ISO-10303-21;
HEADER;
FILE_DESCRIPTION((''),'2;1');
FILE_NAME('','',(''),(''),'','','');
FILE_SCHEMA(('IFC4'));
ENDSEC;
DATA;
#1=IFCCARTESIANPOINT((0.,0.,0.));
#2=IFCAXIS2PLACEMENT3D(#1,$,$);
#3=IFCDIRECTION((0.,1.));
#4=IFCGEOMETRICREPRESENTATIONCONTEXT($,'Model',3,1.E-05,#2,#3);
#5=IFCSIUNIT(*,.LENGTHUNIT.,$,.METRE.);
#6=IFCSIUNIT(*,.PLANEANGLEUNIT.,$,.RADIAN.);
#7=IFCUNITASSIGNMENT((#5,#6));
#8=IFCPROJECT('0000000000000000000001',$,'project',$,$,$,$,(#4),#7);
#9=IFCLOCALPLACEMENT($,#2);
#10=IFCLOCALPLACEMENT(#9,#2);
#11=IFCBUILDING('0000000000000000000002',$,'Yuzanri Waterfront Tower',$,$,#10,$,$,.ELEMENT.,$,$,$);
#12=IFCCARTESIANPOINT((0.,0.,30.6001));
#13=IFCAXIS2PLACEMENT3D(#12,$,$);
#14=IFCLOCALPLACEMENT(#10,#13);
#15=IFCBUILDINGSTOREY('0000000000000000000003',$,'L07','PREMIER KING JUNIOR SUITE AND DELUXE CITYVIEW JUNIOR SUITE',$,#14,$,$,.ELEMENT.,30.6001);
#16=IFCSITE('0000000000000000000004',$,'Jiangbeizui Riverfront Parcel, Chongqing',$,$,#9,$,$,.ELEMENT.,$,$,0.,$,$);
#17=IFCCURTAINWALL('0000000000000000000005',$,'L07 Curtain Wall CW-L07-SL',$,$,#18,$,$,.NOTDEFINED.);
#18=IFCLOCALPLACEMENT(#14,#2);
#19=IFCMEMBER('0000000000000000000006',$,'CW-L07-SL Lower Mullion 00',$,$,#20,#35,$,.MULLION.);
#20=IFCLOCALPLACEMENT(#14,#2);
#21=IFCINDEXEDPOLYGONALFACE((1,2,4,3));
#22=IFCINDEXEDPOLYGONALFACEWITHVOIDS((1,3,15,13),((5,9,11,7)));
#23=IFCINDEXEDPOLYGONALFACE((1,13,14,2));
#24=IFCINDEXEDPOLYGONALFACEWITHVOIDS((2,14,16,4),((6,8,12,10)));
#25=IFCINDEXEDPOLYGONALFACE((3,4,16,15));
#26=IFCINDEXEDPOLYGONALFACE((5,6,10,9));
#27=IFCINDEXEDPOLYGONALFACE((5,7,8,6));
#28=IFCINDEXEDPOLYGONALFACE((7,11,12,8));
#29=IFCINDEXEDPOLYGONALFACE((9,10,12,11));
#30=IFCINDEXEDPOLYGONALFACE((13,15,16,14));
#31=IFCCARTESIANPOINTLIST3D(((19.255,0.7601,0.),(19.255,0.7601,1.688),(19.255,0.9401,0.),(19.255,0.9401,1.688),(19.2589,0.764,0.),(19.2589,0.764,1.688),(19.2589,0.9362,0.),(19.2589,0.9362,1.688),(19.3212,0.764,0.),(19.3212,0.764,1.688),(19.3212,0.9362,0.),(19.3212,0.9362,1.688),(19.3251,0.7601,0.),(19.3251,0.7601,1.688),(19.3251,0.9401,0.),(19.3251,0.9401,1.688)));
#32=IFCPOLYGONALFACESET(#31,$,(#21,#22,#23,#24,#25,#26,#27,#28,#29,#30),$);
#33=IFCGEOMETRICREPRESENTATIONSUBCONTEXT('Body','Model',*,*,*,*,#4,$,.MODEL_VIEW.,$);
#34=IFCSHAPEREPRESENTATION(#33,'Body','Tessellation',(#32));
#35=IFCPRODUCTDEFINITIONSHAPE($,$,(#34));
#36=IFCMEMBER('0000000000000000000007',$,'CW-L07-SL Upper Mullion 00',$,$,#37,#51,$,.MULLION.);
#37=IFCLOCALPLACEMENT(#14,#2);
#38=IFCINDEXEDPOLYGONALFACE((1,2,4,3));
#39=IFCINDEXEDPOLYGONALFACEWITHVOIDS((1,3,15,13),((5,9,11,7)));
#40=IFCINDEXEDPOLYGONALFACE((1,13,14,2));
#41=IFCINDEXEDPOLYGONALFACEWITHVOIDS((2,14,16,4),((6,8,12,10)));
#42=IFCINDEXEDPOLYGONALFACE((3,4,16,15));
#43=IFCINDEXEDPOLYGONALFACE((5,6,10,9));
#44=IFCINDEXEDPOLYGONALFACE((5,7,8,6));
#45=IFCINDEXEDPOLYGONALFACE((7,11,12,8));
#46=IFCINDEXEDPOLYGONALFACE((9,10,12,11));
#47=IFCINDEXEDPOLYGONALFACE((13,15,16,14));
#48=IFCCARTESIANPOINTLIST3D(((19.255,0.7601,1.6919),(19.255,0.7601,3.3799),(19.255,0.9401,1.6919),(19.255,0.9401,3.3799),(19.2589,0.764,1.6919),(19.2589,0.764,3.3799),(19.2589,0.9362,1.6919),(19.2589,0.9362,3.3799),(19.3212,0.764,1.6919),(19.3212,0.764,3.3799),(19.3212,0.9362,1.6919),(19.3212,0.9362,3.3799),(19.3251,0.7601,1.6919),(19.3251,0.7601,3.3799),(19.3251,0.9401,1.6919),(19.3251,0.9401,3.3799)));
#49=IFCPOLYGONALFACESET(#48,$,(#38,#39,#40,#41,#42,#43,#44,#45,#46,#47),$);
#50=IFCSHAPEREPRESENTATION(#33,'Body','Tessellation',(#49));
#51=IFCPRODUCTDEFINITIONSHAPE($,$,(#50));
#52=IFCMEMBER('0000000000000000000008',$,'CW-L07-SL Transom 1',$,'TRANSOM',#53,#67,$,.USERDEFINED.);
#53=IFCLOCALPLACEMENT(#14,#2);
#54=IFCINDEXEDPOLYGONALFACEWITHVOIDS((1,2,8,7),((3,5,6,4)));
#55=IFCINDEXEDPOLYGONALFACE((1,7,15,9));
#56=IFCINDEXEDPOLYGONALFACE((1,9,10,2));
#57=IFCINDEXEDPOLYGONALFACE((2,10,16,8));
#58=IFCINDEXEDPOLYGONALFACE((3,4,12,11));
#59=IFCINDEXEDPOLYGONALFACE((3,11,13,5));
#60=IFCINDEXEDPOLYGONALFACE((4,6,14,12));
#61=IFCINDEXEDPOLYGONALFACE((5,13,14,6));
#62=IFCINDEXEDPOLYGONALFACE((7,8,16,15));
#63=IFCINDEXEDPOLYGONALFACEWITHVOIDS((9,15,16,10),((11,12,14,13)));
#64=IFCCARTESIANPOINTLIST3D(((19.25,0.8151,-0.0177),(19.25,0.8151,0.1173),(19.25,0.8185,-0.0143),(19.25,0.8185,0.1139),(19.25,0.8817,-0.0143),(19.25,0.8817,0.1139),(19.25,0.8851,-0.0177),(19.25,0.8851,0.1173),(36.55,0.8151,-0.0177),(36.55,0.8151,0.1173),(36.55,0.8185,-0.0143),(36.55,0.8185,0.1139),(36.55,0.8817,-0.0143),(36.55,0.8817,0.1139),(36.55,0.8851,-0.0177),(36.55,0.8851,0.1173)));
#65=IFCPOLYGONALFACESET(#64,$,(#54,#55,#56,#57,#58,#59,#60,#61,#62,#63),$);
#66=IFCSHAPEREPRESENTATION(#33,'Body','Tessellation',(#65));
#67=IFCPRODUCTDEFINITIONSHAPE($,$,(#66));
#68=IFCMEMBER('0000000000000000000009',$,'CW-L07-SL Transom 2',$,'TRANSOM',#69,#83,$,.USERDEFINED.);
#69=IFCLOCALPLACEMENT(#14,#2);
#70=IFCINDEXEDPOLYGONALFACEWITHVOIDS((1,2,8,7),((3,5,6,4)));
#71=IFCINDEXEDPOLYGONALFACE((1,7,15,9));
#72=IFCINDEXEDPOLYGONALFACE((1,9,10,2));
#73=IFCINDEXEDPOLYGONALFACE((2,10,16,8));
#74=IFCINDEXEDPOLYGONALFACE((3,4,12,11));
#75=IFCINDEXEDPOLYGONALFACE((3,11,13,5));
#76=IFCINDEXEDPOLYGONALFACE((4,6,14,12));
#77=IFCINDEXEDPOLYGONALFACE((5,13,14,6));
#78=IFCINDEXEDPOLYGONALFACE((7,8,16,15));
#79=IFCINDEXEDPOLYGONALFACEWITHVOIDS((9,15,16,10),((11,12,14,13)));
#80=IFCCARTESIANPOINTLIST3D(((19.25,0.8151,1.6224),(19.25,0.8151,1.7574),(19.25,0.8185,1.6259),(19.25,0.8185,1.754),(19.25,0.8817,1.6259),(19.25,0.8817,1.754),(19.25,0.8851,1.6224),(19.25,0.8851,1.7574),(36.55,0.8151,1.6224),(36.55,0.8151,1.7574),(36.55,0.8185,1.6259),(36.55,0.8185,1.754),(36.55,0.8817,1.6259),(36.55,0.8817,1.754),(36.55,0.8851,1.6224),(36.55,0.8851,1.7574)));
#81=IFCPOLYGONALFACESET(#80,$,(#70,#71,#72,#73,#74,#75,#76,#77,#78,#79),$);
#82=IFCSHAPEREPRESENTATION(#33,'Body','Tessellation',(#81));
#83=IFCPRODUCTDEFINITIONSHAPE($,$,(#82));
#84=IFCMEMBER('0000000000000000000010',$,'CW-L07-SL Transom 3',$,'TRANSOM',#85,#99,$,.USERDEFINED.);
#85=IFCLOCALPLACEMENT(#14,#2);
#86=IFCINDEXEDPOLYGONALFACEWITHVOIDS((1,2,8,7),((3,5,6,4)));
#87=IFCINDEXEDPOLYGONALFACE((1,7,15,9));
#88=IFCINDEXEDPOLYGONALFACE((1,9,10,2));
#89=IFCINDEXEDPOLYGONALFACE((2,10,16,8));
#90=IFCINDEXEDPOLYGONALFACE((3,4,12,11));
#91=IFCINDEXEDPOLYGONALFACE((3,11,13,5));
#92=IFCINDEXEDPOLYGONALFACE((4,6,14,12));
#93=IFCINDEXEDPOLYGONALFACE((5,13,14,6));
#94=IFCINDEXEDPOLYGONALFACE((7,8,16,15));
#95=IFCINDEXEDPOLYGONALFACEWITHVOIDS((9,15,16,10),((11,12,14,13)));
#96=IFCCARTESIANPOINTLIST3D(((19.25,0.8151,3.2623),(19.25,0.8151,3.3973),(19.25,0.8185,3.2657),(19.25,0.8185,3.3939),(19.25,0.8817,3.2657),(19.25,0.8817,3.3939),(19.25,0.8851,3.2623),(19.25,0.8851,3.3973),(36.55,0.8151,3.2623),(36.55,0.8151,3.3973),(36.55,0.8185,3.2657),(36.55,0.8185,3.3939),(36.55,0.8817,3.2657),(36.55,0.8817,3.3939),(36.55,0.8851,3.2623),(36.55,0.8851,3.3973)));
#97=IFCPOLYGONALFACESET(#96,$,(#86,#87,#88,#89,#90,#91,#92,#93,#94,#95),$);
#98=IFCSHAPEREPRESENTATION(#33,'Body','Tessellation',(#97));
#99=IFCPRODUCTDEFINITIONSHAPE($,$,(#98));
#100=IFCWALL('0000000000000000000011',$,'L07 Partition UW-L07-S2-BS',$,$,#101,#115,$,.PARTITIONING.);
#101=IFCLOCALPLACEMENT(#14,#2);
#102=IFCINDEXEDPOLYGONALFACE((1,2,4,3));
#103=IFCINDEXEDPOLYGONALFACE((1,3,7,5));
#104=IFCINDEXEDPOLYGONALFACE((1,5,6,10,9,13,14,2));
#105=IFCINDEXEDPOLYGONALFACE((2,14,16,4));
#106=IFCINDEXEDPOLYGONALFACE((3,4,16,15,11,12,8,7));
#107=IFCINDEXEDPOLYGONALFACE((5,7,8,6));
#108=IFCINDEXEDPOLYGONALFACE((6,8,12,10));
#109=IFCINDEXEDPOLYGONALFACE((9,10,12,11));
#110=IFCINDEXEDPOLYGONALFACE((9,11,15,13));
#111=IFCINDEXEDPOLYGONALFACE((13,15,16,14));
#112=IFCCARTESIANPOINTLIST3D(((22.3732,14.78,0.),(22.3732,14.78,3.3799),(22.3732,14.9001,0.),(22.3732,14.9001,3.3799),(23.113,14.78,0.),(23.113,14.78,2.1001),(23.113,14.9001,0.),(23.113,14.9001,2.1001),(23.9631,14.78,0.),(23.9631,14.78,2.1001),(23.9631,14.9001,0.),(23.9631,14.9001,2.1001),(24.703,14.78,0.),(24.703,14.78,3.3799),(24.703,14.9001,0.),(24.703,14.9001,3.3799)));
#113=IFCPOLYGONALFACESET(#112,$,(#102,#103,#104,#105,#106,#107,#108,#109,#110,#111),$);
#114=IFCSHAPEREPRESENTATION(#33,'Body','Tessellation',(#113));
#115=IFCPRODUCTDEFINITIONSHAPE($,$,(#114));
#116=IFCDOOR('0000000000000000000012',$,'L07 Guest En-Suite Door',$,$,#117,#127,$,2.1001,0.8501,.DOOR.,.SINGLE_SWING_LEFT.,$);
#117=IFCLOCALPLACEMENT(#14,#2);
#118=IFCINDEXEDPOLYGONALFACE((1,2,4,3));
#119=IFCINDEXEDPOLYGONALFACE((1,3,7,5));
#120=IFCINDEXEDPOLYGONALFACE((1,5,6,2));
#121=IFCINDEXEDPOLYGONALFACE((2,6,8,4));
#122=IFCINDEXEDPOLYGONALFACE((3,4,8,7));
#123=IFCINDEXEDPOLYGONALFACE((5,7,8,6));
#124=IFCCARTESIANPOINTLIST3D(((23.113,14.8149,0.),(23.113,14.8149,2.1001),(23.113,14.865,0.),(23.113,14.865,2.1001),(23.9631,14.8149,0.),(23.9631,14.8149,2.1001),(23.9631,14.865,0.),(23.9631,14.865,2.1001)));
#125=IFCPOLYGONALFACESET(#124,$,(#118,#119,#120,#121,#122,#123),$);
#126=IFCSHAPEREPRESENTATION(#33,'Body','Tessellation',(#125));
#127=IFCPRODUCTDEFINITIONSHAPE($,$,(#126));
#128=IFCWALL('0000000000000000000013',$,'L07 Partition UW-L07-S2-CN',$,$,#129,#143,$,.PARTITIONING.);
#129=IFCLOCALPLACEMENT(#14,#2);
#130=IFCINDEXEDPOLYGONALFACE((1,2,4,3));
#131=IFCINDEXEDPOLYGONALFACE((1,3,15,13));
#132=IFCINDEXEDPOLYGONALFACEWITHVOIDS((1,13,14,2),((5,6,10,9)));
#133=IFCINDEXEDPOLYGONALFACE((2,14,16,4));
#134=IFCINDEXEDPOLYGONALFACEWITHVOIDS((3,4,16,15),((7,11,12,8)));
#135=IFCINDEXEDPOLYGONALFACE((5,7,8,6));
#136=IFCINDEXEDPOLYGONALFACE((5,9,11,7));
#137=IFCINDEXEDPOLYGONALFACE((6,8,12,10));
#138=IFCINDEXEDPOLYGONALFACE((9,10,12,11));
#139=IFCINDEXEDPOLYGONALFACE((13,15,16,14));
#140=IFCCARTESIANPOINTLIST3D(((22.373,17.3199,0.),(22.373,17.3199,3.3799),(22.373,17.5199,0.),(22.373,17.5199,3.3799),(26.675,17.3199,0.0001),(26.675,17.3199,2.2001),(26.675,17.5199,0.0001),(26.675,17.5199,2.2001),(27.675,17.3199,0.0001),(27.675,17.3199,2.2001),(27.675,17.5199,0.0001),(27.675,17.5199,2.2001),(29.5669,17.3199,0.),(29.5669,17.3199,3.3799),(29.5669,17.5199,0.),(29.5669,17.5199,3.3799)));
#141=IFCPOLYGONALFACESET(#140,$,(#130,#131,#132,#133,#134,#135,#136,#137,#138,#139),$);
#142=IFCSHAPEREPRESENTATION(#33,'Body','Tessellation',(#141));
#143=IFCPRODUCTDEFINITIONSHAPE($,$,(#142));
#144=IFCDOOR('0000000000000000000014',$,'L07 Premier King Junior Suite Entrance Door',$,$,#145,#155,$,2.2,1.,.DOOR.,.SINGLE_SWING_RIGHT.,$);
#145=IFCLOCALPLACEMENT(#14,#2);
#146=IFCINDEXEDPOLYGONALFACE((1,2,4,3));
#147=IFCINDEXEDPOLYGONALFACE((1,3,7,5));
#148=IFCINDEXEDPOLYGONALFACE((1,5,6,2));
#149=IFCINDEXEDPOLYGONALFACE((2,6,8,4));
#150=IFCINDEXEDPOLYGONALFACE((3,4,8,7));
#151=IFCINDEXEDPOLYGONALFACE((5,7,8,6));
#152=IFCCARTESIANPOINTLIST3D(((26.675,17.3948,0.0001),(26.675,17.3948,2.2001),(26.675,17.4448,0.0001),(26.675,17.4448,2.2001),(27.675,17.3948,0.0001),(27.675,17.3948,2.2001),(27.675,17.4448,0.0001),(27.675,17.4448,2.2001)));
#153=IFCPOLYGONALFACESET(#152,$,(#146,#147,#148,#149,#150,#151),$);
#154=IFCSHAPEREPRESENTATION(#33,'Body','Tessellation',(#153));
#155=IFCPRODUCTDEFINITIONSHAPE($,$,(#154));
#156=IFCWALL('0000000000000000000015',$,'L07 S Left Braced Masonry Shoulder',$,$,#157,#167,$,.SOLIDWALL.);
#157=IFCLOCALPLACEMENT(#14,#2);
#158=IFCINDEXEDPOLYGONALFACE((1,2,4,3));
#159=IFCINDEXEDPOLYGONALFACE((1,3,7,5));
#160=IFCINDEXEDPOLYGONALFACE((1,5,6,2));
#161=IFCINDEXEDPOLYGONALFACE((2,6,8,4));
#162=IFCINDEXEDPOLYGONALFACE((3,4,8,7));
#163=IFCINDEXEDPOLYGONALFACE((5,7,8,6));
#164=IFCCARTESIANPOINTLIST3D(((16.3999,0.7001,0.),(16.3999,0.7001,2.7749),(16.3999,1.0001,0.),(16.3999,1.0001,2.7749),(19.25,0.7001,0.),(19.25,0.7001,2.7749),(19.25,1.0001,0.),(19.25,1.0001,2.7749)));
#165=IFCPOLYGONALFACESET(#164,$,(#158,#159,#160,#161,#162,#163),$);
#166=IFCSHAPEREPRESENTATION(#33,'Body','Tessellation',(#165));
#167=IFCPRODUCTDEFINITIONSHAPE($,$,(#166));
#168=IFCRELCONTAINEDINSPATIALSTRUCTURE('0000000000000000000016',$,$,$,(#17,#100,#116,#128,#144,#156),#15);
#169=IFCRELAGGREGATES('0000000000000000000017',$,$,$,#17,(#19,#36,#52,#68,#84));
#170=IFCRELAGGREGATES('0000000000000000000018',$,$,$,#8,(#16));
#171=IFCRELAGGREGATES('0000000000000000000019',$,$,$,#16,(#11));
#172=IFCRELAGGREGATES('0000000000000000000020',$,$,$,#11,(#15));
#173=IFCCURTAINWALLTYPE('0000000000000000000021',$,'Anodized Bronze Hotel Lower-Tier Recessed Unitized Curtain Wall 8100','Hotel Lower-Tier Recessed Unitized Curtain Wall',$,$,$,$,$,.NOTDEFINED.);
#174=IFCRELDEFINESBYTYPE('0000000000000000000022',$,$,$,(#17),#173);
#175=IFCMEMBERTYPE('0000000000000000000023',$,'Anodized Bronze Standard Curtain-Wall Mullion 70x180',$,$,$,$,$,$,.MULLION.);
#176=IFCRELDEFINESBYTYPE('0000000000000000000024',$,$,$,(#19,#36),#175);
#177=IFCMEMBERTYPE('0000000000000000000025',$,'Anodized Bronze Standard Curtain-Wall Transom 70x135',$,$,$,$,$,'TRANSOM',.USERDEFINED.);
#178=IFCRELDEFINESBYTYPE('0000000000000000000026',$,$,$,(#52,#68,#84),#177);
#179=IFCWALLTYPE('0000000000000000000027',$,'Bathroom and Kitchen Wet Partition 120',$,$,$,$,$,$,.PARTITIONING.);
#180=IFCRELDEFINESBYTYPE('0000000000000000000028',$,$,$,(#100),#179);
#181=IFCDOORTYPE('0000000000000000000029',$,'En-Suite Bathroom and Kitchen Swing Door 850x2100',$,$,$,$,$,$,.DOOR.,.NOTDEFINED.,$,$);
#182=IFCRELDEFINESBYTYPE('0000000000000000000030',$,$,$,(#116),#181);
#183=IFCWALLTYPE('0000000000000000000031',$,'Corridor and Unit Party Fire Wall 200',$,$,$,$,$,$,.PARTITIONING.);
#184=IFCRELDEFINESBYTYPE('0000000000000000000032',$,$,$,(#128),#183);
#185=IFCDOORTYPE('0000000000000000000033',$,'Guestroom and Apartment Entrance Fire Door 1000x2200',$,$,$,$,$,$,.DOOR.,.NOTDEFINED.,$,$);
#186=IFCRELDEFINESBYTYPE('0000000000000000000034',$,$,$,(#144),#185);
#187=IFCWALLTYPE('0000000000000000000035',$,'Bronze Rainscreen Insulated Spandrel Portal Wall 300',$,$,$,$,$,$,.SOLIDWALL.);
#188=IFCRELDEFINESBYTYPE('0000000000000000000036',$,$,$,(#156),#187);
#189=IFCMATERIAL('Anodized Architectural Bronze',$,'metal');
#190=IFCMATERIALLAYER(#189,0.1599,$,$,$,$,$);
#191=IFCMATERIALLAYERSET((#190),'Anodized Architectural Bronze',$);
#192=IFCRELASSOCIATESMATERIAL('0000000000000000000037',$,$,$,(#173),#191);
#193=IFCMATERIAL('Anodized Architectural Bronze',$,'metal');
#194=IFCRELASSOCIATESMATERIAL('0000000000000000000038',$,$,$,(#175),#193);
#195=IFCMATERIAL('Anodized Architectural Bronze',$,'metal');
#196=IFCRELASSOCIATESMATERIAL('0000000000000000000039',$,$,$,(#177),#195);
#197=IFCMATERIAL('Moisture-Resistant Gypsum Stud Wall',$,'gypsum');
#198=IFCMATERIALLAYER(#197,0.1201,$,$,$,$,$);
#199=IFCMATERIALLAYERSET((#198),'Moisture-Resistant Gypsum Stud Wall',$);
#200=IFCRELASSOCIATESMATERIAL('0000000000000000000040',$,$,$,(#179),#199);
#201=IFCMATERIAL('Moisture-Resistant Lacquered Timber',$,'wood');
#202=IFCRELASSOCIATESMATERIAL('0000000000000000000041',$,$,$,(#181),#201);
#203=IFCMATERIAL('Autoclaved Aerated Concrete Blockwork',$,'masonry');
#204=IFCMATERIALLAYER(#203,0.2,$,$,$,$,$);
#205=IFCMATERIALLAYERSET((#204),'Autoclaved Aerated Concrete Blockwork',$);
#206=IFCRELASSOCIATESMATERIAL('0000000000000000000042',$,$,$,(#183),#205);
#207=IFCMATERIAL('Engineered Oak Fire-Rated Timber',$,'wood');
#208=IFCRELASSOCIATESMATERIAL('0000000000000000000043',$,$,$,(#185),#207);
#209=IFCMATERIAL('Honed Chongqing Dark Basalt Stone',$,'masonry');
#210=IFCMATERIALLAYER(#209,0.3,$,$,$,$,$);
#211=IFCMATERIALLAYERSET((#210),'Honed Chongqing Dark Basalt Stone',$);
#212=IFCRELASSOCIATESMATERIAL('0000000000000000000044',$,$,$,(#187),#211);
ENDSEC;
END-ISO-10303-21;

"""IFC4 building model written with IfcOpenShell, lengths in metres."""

from ifc_helpers import new_model, si_unit, direction, frame, frame_2d, origin, origin_2d, place, context, subcontext, project, spatial, rectangle, hollow_rectangle, extrude, source, transform, mapped, material, layer, layer_set, material_profile, profile_set, type_object, element, fill, aggregate, save


model = new_model("IFC4")

# Units and contexts
model_context = context("Model", 3, precision=1e-05, world=origin(), true_north=direction((0.0, 1.0)))
body_context = subcontext(model_context, "Body", "Model", "MODEL_VIEW")
ifc_project = project(units=[si_unit("LENGTHUNIT", "METRE"), si_unit("PLANEANGLEUNIT", "RADIAN")], contexts=[model_context])

# Site, building, storey
site_placement = place(None, origin())
site = spatial("IfcSite", under=ifc_project, at=site_placement, Name="Jiangbeizui Riverfront Parcel, Chongqing", CompositionType="ELEMENT", RefElevation=0.0)
building_placement = place(site_placement, origin())
building = spatial("IfcBuilding", under=site, at=building_placement, Name="Yuzanri Waterfront Tower", CompositionType="ELEMENT")
storey_placement = place(building_placement, frame((0.0, 0.0, 30.6001)))
storey = spatial("IfcBuildingStorey", under=building, at=storey_placement, Name="L07", Description="PREMIER KING JUNIOR SUITE AND DELUXE CITYVIEW JUNIOR SUITE", CompositionType="ELEMENT", Elevation=30.6001)

# Curtain wall, members
ifc_material_1 = material(Name="Anodized Architectural Bronze", Category="metal")
ifc_layer_1 = layer(ifc_material_1, 0.1599)
ifc_layer_set_1 = layer_set([ifc_layer_1], Name="Anodized Architectural Bronze")
curtain_wall_type = type_object("IfcCurtainWallType", Name="Anodized Bronze Hotel Lower-Tier Recessed Unitized Curtain Wall 8100", Description="Hotel Lower-Tier Recessed Unitized Curtain Wall", PredefinedType="NOTDEFINED", material=ifc_layer_set_1)
curtain_wall_placement = place(storey_placement, origin())
curtain_wall = element("IfcCurtainWall", 1, at=curtain_wall_placement, inside=storey, type_object=curtain_wall_type, Name="L07 Curtain Wall CW-L07-SL", PredefinedType="NOTDEFINED")
ifc_material_2 = material(Name="Anodized Architectural Bronze", Category="metal")
ifc_material_profile_1 = material_profile(ifc_material_2, hollow_rectangle(XDim=0.0701, YDim=0.1799, WallThickness=0.0039, at=origin_2d()), Name="CWM 70x180")
ifc_profile_set_1 = profile_set([ifc_material_profile_1], Name="Anodized Architectural Bronze")
member_type_1 = type_object("IfcMemberType", Name="Anodized Bronze Standard Curtain-Wall Mullion 70x180", PredefinedType="MULLION", material=ifc_profile_set_1)
shared_shape_1 = source(origin(), body_context, "Body", "SweptSolid", [
    extrude(hollow_rectangle(XDim=0.0701, YDim=0.1799, WallThickness=0.0039, at=origin_2d()), origin(), (0.0, 0.0, 1.0), 1.688),
])
member_1_placement = place(storey_placement, frame((19.29, 0.8501, 0.0), z_axis=(0.0, 0.0, 1.0), x_axis=(1.0, 0.0, 0.0)))
member_1 = element("IfcMember", 2, at=member_1_placement, type_object=member_type_1, Name="CW-L07-SL Lower Mullion 00", PredefinedType="MULLION", context=body_context, shape_type="MappedRepresentation", body=[
    mapped(shared_shape_1, transform((0.0, 0.0, 0.0), scale=1.0)),
])
member_2_placement = place(storey_placement, frame((19.29, 0.8501, 1.6919), z_axis=(0.0, 0.0, 1.0), x_axis=(1.0, 0.0, 0.0)))
member_2 = element("IfcMember", 3, at=member_2_placement, type_object=member_type_1, Name="CW-L07-SL Upper Mullion 00", PredefinedType="MULLION", context=body_context, shape_type="MappedRepresentation", body=[
    mapped(shared_shape_1, transform((0.0, 0.0, 0.0), scale=1.0)),
])
ifc_material_3 = material(Name="Anodized Architectural Bronze", Category="metal")
ifc_material_profile_2 = material_profile(ifc_material_3, hollow_rectangle(XDim=0.0701, YDim=0.135, WallThickness=0.0034, at=origin_2d()), Name="CWT 70x135")
ifc_profile_set_2 = profile_set([ifc_material_profile_2], Name="Anodized Architectural Bronze")
member_type_2 = type_object("IfcMemberType", Name="Anodized Bronze Standard Curtain-Wall Transom 70x135", ElementType="TRANSOM", PredefinedType="USERDEFINED", material=ifc_profile_set_2)
shared_shape_2 = source(origin(), body_context, "Body", "SweptSolid", [
    extrude(hollow_rectangle(XDim=0.0701, YDim=0.135, WallThickness=0.0034, at=origin_2d()), origin(), (0.0, 0.0, 1.0), 17.3),
])
member_3_placement = place(storey_placement, frame((19.25, 0.8501, 0.0498), z_axis=(1.0, 0.0, 0.0), x_axis=(0.0, 1.0, 0.0)))
member_3 = element("IfcMember", 4, at=member_3_placement, type_object=member_type_2, Name="CW-L07-SL Transom 1", ObjectType="TRANSOM", PredefinedType="USERDEFINED", context=body_context, shape_type="MappedRepresentation", body=[
    mapped(shared_shape_2, transform((0.0, 0.0, 0.0), scale=1.0)),
])
member_4_placement = place(storey_placement, frame((19.25, 0.8501, 1.6899), z_axis=(1.0, 0.0, 0.0), x_axis=(0.0, 1.0, 0.0)))
member_4 = element("IfcMember", 5, at=member_4_placement, type_object=member_type_2, Name="CW-L07-SL Transom 2", ObjectType="TRANSOM", PredefinedType="USERDEFINED", context=body_context, shape_type="MappedRepresentation", body=[
    mapped(shared_shape_2, transform((0.0, 0.0, 0.0), scale=1.0)),
])
member_5_placement = place(storey_placement, frame((19.25, 0.8501, 3.3298), z_axis=(1.0, 0.0, 0.0), x_axis=(0.0, 1.0, 0.0)))
member_5 = element("IfcMember", 6, at=member_5_placement, type_object=member_type_2, Name="CW-L07-SL Transom 3", ObjectType="TRANSOM", PredefinedType="USERDEFINED", context=body_context, shape_type="MappedRepresentation", body=[
    mapped(shared_shape_2, transform((0.0, 0.0, 0.0), scale=1.0)),
])
aggregate(curtain_wall, [member_1, member_2, member_3, member_4, member_5])

# Wall, opening, door
ifc_material_4 = material(Name="Moisture-Resistant Gypsum Stud Wall", Category="gypsum")
ifc_layer_2 = layer(ifc_material_4, 0.1201)
ifc_layer_set_2 = layer_set([ifc_layer_2], Name="Moisture-Resistant Gypsum Stud Wall")
wall_type_1 = type_object("IfcWallType", Name="Bathroom and Kitchen Wet Partition 120", PredefinedType="PARTITIONING", material=ifc_layer_set_2)
wall_1_placement = place(storey_placement, frame((22.373, 14.8401, 0.0), z_axis=(0.0, 0.0, 1.0), x_axis=(1.0, 0.0, 0.0)))
wall_1 = element("IfcWall", 7, at=wall_1_placement, inside=storey, type_object=wall_type_1, Name="L07 Partition UW-L07-S2-BS", PredefinedType="PARTITIONING", context=body_context, shape_type="SweptSolid", body=[
    extrude(rectangle(XDim=2.3298, YDim=0.1201, at=frame_2d((1.165, 0.0))), origin(), (0.0, 0.0, 1.0), 3.3799),
])
opening_1_placement = place(wall_1_placement, frame((0.74, 0.0, 0.0)))
opening_1 = element("IfcOpeningElement", 8, at=opening_1_placement, cuts=wall_1, PredefinedType="OPENING", context=body_context, shape_type="SweptSolid", body=[
    extrude(rectangle(XDim=0.8501, YDim=2.1001, at=frame_2d((0.425, 1.05))), frame((0.0, 0.075, 0.0), z_axis=(0.0, -1.0, 0.0), x_axis=(1.0, 0.0, 0.0)), (0.0, 0.0, 1.0), 0.1499),
])
ifc_material_5 = material(Name="Moisture-Resistant Lacquered Timber", Category="wood")
door_type_1 = type_object("IfcDoorType", Name="En-Suite Bathroom and Kitchen Swing Door 850x2100", OperationType="NOTDEFINED", PredefinedType="DOOR", material=ifc_material_5)
shared_shape_3 = source(origin(), body_context, "Body", "SweptSolid", [
    extrude(rectangle(XDim=0.8501, YDim=2.1001, at=frame_2d((0.425, 1.05))), frame((0.0, 0.0249, 0.0), z_axis=(0.0, -1.0, 0.0), x_axis=(1.0, 0.0, 0.0)), (0.0, 0.0, 1.0), 0.05),
])
door_1_placement = place(opening_1_placement, origin())
door_1 = element("IfcDoor", 9, at=door_1_placement, inside=storey, type_object=door_type_1, Name="L07 Guest En-Suite Door", OperationType="SINGLE_SWING_LEFT", OverallHeight=2.1001, OverallWidth=0.8501, PredefinedType="DOOR", context=body_context, shape_type="MappedRepresentation", body=[
    mapped(shared_shape_3, transform((0.0, 0.0, 0.0), scale=1.0)),
])
fill(opening_1, door_1)

# Wall, opening, door
ifc_material_6 = material(Name="Autoclaved Aerated Concrete Blockwork", Category="masonry")
ifc_layer_3 = layer(ifc_material_6, 0.2)
ifc_layer_set_3 = layer_set([ifc_layer_3], Name="Autoclaved Aerated Concrete Blockwork")
wall_type_2 = type_object("IfcWallType", Name="Corridor and Unit Party Fire Wall 200", PredefinedType="PARTITIONING", material=ifc_layer_set_3)
wall_2_placement = place(storey_placement, frame((22.373, 17.4199, 0.0), z_axis=(0.0, 0.0, 1.0), x_axis=(1.0, 0.0, 0.0)))
wall_2 = element("IfcWall", 10, at=wall_2_placement, inside=storey, type_object=wall_type_2, Name="L07 Partition UW-L07-S2-CN", PredefinedType="PARTITIONING", context=body_context, shape_type="SweptSolid", body=[
    extrude(rectangle(XDim=7.1938, YDim=0.2, at=frame_2d((3.5969, 0.0))), origin(), (0.0, 0.0, 1.0), 3.3799),
])
opening_2_placement = place(wall_2_placement, frame((4.302, 0.0, 0.0)))
opening_2 = element("IfcOpeningElement", 11, at=opening_2_placement, cuts=wall_2, PredefinedType="OPENING", context=body_context, shape_type="SweptSolid", body=[
    extrude(rectangle(XDim=1.0, YDim=2.2, at=frame_2d((0.5, 1.1001))), frame((0.0, 0.1147, 0.0), z_axis=(0.0, -1.0, 0.0), x_axis=(1.0, 0.0, 0.0)), (0.0, 0.0, 1.0), 0.2297),
])
ifc_material_7 = material(Name="Engineered Oak Fire-Rated Timber", Category="wood")
door_type_2 = type_object("IfcDoorType", Name="Guestroom and Apartment Entrance Fire Door 1000x2200", OperationType="NOTDEFINED", PredefinedType="DOOR", material=ifc_material_7)
shared_shape_4 = source(origin(), body_context, "Body", "SweptSolid", [
    extrude(rectangle(XDim=1.0, YDim=2.2, at=frame_2d((0.5, 1.1001))), frame((0.0, 0.0249, 0.0), z_axis=(0.0, -1.0, 0.0), x_axis=(1.0, 0.0, 0.0)), (0.0, 0.0, 1.0), 0.05),
])
door_2_placement = place(opening_2_placement, origin())
door_2 = element("IfcDoor", 12, at=door_2_placement, inside=storey, type_object=door_type_2, Name="L07 Premier King Junior Suite Entrance Door", OperationType="SINGLE_SWING_RIGHT", OverallHeight=2.2, OverallWidth=1.0, PredefinedType="DOOR", context=body_context, shape_type="MappedRepresentation", body=[
    mapped(shared_shape_4, transform((0.0, 0.0, 0.0), scale=1.0)),
])
fill(opening_2, door_2)

# Wall
ifc_material_8 = material(Name="Honed Chongqing Dark Basalt Stone", Category="masonry")
ifc_layer_4 = layer(ifc_material_8, 0.3)
ifc_layer_set_4 = layer_set([ifc_layer_4], Name="Honed Chongqing Dark Basalt Stone")
wall_type_3 = type_object("IfcWallType", Name="Bronze Rainscreen Insulated Spandrel Portal Wall 300", PredefinedType="SOLIDWALL", material=ifc_layer_set_4)
shared_shape_5 = source(origin(), body_context, "Body", "SweptSolid", [
    extrude(rectangle(XDim=2.8501, YDim=0.3, at=frame_2d((1.425, 0.0))), origin(), (0.0, 0.0, 1.0), 2.7749),
])
wall_3_placement = place(storey_placement, frame((16.3999, 0.8501, 0.0), z_axis=(0.0, 0.0, 1.0), x_axis=(1.0, 0.0, 0.0)))
element("IfcWall", 13, at=wall_3_placement, inside=storey, type_object=wall_type_3, Name="L07 S Left Braced Masonry Shoulder", PredefinedType="SOLIDWALL", context=body_context, shape_type="MappedRepresentation", body=[
    mapped(shared_shape_5, transform((0.0, 0.0, 0.0), scale=1.0)),
])

save(model, "model.ifc")
